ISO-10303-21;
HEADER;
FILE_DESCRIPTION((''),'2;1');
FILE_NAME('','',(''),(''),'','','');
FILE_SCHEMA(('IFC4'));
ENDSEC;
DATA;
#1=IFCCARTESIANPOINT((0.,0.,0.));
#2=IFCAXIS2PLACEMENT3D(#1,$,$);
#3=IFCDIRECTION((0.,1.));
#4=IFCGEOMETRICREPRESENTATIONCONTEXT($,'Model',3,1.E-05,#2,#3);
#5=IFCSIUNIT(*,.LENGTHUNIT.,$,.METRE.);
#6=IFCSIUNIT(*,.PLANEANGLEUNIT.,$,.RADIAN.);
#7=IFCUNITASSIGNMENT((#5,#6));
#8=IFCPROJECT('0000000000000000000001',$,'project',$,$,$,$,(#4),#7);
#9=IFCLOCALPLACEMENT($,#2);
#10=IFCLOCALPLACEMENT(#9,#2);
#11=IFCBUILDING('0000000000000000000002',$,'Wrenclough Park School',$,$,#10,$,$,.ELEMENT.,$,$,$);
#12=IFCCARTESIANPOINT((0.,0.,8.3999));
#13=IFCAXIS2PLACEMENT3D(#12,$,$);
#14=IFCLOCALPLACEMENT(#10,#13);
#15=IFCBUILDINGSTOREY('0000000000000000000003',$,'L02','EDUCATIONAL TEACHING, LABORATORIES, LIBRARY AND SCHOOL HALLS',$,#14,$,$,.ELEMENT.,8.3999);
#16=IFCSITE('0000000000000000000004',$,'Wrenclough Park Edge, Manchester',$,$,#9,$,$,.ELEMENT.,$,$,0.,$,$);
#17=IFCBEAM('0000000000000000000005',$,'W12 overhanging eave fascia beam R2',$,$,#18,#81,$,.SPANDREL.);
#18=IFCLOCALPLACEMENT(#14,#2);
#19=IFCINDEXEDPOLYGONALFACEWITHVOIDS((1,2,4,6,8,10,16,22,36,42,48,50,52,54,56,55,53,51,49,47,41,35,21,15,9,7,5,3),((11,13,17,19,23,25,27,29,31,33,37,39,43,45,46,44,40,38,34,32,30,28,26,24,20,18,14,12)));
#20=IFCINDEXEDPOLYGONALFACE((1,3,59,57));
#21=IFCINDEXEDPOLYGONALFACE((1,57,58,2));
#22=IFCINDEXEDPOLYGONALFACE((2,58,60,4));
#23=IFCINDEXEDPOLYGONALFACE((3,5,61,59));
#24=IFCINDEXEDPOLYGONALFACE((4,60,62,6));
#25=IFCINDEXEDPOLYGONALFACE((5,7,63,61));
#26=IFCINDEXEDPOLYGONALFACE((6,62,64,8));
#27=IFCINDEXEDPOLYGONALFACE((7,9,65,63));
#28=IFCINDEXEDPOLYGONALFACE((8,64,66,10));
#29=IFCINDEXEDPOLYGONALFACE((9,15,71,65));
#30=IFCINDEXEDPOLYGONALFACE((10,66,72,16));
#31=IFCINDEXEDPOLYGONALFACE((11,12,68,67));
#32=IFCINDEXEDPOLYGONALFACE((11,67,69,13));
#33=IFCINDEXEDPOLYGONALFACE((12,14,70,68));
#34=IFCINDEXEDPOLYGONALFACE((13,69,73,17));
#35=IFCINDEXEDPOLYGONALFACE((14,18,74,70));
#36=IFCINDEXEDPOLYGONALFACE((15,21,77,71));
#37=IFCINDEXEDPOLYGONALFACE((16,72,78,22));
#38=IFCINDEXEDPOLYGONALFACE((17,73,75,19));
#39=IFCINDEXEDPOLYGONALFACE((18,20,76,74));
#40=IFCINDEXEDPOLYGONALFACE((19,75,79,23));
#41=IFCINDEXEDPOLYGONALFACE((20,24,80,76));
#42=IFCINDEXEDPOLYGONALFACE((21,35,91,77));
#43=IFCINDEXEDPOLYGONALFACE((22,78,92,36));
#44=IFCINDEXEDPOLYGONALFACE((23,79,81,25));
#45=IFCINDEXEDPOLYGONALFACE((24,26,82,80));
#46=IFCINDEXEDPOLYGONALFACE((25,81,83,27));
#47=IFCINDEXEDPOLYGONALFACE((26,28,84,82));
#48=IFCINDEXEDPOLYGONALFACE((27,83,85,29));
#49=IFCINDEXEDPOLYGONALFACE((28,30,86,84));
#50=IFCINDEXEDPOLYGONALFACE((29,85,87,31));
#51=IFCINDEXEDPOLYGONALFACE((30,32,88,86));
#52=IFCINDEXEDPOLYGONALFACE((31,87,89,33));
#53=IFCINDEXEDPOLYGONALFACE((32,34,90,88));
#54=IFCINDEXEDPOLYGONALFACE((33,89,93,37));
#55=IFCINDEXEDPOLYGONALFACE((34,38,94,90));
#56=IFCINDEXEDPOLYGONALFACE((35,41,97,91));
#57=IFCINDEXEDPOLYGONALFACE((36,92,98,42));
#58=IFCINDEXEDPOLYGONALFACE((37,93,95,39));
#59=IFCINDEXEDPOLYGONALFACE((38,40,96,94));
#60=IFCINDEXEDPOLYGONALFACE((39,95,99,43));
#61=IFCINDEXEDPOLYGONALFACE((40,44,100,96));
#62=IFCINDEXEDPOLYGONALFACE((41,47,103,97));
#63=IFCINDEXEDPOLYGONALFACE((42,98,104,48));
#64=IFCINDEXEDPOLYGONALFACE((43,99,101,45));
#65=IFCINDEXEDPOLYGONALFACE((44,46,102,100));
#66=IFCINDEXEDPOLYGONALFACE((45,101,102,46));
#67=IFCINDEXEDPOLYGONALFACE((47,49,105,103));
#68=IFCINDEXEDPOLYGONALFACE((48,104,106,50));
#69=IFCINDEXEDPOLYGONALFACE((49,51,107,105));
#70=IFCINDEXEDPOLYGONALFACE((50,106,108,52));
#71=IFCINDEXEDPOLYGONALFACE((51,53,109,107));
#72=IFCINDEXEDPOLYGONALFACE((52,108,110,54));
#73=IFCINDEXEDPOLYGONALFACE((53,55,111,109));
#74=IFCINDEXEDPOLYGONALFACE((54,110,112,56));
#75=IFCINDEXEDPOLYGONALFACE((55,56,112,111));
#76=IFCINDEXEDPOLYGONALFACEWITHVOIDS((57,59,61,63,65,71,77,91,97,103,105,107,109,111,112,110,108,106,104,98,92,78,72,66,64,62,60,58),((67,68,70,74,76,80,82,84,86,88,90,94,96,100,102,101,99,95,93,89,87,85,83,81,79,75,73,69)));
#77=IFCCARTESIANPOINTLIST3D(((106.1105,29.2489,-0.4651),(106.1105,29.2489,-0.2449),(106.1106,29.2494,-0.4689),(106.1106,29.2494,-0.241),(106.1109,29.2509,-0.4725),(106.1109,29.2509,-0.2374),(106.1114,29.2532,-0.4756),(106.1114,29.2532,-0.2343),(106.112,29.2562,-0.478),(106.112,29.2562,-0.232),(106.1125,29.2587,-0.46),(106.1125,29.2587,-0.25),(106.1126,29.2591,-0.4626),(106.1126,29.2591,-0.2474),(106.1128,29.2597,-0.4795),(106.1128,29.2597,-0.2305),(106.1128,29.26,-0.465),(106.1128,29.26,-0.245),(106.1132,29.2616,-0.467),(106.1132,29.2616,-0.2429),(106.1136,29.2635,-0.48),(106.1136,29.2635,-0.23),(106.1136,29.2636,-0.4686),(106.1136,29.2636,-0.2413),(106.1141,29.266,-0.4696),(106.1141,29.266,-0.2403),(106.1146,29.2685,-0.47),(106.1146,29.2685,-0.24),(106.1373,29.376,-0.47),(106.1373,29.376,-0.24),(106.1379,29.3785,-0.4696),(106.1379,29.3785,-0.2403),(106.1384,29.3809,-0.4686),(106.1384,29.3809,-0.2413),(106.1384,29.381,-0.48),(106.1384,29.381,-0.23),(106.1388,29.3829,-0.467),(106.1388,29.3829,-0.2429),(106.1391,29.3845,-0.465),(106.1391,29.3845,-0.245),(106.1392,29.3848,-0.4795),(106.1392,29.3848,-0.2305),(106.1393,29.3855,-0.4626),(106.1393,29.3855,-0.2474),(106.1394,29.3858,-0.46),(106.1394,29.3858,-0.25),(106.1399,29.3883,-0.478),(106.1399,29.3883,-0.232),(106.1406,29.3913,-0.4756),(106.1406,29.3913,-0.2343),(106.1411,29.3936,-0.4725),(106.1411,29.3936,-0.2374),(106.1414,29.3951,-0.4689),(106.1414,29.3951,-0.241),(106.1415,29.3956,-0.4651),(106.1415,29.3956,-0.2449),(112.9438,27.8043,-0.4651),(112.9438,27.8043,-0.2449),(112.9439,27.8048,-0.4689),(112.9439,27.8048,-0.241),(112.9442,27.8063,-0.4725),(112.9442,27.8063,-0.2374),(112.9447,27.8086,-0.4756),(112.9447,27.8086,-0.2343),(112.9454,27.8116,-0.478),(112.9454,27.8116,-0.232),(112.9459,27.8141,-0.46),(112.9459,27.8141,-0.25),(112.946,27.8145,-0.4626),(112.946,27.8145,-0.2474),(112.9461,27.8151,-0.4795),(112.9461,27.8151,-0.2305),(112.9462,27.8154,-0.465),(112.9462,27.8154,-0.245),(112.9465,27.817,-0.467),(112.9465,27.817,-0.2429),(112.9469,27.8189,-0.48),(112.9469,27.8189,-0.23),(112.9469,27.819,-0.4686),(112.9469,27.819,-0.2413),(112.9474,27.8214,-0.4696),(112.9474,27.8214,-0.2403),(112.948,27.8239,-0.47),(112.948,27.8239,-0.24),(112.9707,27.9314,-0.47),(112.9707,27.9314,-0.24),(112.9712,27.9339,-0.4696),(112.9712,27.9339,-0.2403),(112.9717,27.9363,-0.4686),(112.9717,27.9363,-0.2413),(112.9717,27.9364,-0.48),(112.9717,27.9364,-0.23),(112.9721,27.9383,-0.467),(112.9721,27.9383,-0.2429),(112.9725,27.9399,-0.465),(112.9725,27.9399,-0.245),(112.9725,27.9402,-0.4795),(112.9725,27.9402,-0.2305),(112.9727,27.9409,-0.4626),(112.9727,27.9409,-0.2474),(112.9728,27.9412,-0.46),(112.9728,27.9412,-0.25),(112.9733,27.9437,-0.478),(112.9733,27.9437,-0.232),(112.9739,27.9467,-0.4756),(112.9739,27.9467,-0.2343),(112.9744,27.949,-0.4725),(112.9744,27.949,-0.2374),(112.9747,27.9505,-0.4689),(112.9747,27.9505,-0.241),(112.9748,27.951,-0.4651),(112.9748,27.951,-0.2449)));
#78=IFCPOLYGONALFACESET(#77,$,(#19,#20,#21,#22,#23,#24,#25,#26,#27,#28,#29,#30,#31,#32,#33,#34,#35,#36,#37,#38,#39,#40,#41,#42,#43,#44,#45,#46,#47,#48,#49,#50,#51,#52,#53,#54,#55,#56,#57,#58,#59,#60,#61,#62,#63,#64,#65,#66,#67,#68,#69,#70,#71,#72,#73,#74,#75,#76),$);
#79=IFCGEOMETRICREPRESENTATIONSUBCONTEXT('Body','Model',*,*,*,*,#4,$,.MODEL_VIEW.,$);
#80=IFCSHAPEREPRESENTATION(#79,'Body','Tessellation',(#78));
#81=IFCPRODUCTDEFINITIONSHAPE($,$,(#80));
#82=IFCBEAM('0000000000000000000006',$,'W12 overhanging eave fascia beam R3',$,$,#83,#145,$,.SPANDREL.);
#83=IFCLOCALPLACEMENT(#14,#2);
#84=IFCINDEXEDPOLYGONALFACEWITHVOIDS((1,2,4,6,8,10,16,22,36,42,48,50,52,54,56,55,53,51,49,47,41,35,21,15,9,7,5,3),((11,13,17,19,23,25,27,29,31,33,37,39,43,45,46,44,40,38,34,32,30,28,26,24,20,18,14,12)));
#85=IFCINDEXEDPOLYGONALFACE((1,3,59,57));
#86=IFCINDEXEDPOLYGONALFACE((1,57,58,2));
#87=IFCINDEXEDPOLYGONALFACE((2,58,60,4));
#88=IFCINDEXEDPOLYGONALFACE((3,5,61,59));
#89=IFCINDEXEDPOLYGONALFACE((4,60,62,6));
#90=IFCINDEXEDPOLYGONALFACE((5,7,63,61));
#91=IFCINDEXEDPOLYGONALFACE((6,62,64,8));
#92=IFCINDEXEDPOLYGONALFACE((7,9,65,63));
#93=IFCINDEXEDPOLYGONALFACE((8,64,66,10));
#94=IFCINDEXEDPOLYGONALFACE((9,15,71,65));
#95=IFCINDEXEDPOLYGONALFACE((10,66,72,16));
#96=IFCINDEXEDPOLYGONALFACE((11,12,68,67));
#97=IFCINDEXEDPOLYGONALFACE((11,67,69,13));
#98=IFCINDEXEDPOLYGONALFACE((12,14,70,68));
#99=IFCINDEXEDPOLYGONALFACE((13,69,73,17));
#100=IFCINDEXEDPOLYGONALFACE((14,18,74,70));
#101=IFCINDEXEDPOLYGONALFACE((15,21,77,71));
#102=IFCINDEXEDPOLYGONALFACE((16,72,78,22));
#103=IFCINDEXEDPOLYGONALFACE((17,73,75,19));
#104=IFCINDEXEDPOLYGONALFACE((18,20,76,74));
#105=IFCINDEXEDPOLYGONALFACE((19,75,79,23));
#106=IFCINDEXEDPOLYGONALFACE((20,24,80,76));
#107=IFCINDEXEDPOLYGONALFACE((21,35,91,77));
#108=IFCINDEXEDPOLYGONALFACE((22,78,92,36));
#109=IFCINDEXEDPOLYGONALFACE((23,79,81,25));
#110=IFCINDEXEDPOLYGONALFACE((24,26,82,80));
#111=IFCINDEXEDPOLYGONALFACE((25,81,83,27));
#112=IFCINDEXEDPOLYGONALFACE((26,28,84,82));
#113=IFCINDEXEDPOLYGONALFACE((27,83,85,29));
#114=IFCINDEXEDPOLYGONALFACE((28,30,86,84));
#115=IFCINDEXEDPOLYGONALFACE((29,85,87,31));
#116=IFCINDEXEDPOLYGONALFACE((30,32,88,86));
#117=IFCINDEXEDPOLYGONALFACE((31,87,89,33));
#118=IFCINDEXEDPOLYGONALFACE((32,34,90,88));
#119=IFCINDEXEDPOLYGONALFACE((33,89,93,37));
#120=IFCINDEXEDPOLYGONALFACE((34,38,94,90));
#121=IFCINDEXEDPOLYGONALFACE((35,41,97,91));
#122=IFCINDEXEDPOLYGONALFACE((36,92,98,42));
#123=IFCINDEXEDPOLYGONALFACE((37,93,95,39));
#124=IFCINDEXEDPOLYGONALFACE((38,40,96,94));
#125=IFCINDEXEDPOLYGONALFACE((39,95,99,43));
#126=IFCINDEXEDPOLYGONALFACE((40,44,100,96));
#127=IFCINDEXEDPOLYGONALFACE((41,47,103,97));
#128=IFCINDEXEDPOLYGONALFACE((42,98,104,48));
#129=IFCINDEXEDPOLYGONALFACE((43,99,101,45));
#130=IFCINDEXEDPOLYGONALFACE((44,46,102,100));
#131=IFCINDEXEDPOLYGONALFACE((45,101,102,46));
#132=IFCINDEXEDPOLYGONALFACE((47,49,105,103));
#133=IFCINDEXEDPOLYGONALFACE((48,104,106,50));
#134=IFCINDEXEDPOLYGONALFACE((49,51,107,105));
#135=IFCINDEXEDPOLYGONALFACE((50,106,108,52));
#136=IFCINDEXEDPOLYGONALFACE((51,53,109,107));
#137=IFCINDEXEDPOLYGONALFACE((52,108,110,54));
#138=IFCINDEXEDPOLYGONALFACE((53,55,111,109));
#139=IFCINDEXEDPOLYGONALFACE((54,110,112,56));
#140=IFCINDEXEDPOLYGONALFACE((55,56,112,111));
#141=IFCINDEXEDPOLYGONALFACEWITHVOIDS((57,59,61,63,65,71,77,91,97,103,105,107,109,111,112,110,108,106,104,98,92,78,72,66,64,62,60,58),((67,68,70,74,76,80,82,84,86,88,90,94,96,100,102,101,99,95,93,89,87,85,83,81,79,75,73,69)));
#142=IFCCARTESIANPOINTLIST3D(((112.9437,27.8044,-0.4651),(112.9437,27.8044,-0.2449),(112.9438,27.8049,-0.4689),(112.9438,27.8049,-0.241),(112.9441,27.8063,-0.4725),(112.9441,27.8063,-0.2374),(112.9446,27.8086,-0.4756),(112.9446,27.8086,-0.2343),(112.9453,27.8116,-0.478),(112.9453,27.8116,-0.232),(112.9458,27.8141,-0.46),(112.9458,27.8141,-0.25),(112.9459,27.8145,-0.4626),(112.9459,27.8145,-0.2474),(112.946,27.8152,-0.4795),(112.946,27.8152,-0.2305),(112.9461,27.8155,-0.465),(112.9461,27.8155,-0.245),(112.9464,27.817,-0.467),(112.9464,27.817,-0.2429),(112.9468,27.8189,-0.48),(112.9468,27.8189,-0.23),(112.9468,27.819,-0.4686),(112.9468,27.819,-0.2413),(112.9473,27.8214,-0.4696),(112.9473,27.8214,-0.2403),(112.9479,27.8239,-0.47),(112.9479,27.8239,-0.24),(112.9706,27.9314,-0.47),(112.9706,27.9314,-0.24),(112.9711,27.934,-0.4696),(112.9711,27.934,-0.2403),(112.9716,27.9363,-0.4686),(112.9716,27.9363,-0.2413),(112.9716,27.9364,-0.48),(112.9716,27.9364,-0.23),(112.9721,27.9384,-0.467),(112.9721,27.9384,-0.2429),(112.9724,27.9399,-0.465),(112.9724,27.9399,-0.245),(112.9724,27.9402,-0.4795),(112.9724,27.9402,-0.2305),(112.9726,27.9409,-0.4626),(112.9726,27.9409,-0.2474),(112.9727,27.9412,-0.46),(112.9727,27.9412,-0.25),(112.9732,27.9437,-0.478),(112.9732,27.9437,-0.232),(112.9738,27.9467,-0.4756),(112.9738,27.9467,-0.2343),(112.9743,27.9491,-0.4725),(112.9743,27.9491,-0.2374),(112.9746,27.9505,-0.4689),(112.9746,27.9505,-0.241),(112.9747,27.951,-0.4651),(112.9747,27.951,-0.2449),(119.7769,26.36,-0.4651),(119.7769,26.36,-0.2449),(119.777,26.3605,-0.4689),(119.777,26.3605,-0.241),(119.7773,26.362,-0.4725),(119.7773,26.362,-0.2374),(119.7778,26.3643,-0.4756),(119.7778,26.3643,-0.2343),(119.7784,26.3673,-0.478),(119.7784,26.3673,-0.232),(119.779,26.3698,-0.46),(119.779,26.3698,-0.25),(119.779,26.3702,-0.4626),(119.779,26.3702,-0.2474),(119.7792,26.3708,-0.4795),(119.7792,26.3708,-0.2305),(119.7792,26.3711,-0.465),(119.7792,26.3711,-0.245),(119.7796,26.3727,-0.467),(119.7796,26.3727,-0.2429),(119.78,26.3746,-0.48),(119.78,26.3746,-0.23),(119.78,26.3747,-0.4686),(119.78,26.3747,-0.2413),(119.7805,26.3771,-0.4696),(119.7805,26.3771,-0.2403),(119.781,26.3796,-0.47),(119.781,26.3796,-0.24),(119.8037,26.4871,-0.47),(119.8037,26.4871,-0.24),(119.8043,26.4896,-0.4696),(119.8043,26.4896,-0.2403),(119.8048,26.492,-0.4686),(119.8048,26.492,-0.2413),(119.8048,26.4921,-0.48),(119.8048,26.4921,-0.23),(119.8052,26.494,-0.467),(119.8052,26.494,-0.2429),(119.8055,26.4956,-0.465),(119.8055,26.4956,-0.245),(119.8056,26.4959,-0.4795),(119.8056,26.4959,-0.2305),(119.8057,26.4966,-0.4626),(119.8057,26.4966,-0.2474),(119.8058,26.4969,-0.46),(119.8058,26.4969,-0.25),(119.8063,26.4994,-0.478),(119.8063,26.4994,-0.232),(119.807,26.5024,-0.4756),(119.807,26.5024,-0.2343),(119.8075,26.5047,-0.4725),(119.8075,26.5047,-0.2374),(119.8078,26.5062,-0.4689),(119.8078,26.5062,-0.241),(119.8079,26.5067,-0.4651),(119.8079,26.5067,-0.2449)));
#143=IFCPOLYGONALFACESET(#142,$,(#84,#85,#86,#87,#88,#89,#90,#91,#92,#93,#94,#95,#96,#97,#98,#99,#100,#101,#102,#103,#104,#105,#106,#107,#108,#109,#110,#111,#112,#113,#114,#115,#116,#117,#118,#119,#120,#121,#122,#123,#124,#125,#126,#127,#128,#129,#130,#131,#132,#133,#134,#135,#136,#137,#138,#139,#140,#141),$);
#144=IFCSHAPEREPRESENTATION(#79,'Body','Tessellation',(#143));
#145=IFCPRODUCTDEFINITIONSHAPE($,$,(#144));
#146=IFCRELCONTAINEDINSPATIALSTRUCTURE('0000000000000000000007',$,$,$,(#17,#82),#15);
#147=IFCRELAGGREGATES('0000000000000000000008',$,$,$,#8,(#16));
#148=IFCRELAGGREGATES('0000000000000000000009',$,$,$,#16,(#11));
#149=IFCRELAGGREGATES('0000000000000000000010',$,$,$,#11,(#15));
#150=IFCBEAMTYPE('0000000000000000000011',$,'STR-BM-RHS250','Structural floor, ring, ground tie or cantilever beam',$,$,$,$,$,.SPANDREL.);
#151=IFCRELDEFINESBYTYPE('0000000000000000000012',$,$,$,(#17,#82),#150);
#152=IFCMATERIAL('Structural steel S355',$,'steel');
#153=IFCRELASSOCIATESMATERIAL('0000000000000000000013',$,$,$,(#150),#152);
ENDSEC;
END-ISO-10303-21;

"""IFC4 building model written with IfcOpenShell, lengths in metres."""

from ifc_helpers import new_model, si_unit, direction, frame, origin, origin_2d, place, context, subcontext, project, spatial, hollow_rectangle, extrude, material, material_profile, profile_set, type_object, element, save


model = new_model("IFC4")

# Units and contexts
model_context = context("Model", 3, precision=1e-05, world=origin(), true_north=direction((0.0, 1.0)))
body_context = subcontext(model_context, "Body", "Model", "MODEL_VIEW")
ifc_project = project(units=[si_unit("LENGTHUNIT", "METRE"), si_unit("PLANEANGLEUNIT", "RADIAN")], contexts=[model_context])

# Site, building, storey
site_placement = place(None, origin())
site = spatial("IfcSite", under=ifc_project, at=site_placement, Name="Wrenclough Park Edge, Manchester", CompositionType="ELEMENT", RefElevation=0.0)
building_placement = place(site_placement, origin())
building = spatial("IfcBuilding", under=site, at=building_placement, Name="Wrenclough Park School", CompositionType="ELEMENT")
storey_placement = place(building_placement, frame((0.0, 0.0, 8.3999)))
storey = spatial("IfcBuildingStorey", under=building, at=storey_placement, Name="L02", Description="EDUCATIONAL TEACHING, LABORATORIES, LIBRARY AND SCHOOL HALLS", CompositionType="ELEMENT", Elevation=8.3999)

# Beams
ifc_material_1 = material(Name="Structural steel S355", Category="steel")
ifc_material_profile_1 = material_profile(ifc_material_1, hollow_rectangle(XDim=0.1499, YDim=0.25, WallThickness=0.01, InnerFilletRadius=0.01, OuterFilletRadius=0.0149, at=origin_2d()), Name="RHS 250x150x10.0")
ifc_profile_set_1 = profile_set([ifc_material_profile_1], Name="Structural steel S355")
beam_type_1 = type_object("IfcBeamType", Name="STR-BM-RHS250", Description="Structural floor, ring, ground tie or cantilever beam", PredefinedType="SPANDREL", material=ifc_profile_set_1)
for number, where, z_axis, x_axis, name in (
    (1, (106.126, 29.3223, -0.355), (0.978376, -0.206833, 0.0), (0.206833, 0.978376, 0.0), "W12 overhanging eave fascia beam R2"),
):
    element("IfcBeam", number, at=place(storey_placement, frame(where, z_axis=z_axis, x_axis=x_axis)), inside=storey, type_object=beam_type_1, Name=name, PredefinedType="SPANDREL", context=body_context, shape_type="SweptSolid", body=[
        extrude(hollow_rectangle(XDim=0.1499, YDim=0.25, WallThickness=0.01, InnerFilletRadius=0.01, OuterFilletRadius=0.0149, at=origin_2d()), origin(), (0.0, 0.0, 1.0), 6.9844),
    ])
beam_1_placement = place(storey_placement, frame((112.9592, 27.8777, -0.355), z_axis=(0.978383, -0.2068, 0.0), x_axis=(0.2068, 0.978383, 0.0)))
element("IfcBeam", 2, at=beam_1_placement, inside=storey, type_object=beam_type_1, Name="W12 overhanging eave fascia beam R3", PredefinedType="SPANDREL", context=body_context, shape_type="SweptSolid", body=[
    extrude(hollow_rectangle(XDim=0.1499, YDim=0.25, WallThickness=0.01, InnerFilletRadius=0.01, OuterFilletRadius=0.0149, at=origin_2d()), origin(), (0.0, 0.0, 1.0), 6.9841),
])

save(model, "model.ifc")
